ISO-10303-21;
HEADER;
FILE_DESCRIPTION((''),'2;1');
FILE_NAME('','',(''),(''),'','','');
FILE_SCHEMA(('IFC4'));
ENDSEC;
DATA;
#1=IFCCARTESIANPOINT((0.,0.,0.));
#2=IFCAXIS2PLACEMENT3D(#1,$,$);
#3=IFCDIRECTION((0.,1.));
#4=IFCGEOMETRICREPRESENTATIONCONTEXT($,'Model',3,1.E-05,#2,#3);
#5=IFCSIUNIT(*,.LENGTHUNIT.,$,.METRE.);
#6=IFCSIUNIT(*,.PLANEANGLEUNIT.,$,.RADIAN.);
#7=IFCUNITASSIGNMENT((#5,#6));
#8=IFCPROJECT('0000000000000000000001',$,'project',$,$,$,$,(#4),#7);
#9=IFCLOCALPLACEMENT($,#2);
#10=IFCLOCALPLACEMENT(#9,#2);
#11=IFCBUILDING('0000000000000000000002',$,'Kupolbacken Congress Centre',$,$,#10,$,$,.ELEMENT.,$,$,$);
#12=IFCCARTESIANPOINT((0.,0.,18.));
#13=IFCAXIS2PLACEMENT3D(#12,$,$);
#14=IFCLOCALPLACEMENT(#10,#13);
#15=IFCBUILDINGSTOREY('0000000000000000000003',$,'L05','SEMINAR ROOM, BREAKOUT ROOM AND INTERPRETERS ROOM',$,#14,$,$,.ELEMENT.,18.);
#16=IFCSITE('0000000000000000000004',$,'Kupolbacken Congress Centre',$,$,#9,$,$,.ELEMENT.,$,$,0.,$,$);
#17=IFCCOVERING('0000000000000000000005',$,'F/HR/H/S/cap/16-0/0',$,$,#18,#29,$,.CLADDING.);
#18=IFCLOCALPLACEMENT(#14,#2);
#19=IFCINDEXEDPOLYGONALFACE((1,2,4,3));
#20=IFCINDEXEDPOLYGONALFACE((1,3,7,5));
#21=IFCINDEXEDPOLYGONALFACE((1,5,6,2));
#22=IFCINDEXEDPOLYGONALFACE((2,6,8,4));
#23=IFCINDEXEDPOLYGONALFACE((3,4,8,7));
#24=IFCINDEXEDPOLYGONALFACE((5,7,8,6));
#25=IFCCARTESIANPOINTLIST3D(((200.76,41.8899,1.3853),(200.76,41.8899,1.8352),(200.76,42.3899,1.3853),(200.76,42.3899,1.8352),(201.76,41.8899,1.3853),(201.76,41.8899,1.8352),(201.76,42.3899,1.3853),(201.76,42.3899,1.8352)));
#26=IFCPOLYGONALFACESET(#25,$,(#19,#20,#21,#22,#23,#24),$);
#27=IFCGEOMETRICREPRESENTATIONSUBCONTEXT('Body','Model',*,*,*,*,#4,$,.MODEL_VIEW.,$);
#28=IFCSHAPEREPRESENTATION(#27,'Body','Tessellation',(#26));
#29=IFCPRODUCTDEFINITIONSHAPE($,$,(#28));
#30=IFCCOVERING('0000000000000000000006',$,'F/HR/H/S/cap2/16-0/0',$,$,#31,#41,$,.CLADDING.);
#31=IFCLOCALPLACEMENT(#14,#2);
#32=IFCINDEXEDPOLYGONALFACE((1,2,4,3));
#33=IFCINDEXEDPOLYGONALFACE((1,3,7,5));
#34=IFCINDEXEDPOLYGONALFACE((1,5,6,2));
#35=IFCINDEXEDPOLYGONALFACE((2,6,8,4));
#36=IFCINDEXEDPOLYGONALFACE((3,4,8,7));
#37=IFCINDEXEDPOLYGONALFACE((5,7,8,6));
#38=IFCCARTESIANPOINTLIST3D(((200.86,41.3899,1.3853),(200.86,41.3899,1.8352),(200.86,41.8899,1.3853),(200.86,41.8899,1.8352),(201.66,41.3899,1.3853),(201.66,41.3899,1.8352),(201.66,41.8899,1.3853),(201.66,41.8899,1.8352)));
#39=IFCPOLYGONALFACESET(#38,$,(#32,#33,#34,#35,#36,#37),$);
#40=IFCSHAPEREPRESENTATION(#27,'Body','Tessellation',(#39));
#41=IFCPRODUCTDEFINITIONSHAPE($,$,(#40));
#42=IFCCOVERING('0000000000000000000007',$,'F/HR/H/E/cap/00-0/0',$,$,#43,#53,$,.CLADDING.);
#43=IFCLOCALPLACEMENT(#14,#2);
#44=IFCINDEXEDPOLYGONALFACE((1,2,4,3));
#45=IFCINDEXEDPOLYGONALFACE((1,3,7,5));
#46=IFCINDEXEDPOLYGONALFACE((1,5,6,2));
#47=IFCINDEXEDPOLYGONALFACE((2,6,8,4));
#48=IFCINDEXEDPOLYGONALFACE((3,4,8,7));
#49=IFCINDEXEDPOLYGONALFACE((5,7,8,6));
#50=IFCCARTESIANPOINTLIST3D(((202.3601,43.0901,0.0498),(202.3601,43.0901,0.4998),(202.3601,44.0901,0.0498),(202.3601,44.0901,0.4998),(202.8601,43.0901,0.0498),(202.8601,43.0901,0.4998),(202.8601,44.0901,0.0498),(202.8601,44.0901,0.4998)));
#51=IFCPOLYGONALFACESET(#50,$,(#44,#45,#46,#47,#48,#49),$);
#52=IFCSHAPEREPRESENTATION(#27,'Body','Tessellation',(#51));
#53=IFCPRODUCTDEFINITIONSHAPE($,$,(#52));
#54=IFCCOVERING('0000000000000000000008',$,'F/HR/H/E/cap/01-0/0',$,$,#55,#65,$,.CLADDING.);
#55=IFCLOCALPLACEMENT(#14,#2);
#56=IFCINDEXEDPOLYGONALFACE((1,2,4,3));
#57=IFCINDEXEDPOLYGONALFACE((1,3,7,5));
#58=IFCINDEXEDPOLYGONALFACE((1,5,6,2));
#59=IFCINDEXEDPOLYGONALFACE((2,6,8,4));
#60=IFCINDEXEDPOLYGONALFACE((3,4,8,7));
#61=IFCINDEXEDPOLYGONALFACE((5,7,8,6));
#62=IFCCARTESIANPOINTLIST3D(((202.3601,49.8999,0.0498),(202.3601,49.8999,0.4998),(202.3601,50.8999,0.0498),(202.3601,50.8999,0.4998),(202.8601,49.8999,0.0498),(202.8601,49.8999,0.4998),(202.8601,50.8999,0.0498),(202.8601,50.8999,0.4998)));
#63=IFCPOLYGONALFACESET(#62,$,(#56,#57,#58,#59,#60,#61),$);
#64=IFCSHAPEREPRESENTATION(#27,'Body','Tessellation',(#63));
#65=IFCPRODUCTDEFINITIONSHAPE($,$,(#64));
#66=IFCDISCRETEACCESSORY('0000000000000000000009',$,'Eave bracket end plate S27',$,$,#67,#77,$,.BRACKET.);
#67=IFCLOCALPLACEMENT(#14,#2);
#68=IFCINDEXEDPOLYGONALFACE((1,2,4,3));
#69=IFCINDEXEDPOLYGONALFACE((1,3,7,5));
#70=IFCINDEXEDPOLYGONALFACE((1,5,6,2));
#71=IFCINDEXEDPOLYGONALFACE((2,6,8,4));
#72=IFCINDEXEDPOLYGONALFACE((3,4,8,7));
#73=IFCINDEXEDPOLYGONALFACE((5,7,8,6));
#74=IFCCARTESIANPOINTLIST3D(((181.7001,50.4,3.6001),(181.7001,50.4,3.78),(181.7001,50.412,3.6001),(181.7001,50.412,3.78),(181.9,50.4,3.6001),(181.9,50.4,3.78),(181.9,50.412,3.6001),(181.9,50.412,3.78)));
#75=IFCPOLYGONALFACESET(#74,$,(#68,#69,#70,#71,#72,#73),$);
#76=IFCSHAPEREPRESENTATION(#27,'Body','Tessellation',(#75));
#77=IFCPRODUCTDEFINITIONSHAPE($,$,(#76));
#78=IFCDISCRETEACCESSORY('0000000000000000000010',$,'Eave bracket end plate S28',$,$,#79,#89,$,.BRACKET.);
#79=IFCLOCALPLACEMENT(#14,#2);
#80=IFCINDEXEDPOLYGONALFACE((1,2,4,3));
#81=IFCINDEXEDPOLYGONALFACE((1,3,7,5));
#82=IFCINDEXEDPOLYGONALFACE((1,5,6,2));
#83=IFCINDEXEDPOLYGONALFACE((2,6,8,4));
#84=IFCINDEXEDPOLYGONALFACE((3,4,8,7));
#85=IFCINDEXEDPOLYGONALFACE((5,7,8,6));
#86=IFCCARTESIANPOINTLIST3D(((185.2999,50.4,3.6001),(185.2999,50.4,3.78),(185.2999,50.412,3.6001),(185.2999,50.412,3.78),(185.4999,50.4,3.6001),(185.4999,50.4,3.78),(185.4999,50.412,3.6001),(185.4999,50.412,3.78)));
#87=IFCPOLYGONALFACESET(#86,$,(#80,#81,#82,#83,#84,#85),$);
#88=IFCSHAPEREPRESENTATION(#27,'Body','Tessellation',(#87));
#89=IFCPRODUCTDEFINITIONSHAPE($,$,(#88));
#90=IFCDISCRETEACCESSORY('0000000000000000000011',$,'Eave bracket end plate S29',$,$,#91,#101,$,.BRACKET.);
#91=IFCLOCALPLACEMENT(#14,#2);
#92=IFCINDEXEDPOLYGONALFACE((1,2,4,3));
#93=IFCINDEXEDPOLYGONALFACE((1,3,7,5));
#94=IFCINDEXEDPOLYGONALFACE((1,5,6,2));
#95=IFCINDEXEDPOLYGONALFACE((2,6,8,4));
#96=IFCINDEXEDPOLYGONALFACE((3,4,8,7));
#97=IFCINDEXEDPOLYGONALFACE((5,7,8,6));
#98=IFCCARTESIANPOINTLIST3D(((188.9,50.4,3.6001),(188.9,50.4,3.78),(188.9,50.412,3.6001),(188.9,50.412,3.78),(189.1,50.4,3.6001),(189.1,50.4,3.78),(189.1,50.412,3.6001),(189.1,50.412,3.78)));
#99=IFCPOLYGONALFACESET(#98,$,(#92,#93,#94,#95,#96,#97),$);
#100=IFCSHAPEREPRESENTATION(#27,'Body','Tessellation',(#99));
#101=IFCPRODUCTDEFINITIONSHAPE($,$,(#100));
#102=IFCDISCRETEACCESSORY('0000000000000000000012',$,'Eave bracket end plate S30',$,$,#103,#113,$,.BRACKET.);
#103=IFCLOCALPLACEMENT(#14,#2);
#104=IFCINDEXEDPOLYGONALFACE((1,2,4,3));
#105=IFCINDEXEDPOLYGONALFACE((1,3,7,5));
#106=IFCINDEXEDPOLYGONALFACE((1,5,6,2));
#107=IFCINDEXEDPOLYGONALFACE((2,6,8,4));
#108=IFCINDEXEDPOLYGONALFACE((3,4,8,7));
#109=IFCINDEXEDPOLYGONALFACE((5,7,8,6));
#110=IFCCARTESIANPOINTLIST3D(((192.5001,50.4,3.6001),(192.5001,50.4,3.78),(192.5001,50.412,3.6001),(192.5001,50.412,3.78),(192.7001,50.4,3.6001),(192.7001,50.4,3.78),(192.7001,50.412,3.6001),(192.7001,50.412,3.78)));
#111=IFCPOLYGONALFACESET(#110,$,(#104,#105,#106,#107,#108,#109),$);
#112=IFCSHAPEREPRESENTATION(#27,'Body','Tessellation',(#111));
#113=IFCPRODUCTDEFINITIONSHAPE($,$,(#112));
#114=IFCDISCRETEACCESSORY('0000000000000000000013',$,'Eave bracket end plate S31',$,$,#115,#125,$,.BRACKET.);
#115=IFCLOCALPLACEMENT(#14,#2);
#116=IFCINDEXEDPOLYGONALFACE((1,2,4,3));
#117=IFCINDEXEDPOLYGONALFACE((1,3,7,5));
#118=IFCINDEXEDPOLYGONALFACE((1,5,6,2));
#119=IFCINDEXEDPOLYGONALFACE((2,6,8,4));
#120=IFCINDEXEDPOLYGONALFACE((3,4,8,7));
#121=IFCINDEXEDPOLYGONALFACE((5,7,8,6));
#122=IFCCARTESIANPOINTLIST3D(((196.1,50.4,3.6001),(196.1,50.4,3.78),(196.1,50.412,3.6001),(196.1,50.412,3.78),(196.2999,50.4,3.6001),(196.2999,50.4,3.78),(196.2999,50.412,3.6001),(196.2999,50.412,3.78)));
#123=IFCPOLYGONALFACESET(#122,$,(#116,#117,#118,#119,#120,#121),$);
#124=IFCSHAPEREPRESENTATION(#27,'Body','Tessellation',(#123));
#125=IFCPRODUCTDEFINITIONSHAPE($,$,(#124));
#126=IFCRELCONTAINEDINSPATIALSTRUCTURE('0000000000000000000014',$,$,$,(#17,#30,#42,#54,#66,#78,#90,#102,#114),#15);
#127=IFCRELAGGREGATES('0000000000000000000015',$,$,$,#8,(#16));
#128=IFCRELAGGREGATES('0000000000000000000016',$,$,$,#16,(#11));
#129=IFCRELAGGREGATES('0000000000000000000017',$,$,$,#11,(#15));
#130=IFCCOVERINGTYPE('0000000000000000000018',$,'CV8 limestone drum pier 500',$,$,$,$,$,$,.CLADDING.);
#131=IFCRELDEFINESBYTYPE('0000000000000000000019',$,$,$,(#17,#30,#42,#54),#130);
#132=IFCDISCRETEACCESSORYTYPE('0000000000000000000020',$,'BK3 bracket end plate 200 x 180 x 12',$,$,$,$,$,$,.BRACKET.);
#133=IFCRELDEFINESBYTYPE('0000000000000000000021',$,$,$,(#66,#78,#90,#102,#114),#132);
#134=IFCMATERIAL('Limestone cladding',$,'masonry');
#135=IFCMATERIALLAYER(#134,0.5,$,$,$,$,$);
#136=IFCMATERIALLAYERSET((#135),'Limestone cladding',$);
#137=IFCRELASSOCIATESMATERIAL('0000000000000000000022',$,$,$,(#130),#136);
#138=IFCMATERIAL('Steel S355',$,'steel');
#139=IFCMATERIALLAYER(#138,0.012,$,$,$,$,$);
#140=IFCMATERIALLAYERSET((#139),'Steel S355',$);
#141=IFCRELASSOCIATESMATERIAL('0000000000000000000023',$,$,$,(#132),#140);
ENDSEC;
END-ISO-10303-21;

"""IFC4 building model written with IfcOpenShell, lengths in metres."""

from ifc_helpers import new_model, si_unit, direction, frame, origin, origin_2d, place, context, subcontext, project, spatial, rectangle, extrude, material, layer, layer_set, type_object, element, save


model = new_model("IFC4")

# Units and contexts
model_context = context("Model", 3, precision=1e-05, world=origin(), true_north=direction((0.0, 1.0)))
body_context = subcontext(model_context, "Body", "Model", "MODEL_VIEW")
ifc_project = project(units=[si_unit("LENGTHUNIT", "METRE"), si_unit("PLANEANGLEUNIT", "RADIAN")], contexts=[model_context])

# Site, building, storey
site_placement = place(None, origin())
site = spatial("IfcSite", under=ifc_project, at=site_placement, Name="Kupolbacken Congress Centre", CompositionType="ELEMENT", RefElevation=0.0)
building_placement = place(site_placement, origin())
building = spatial("IfcBuilding", under=site, at=building_placement, Name="Kupolbacken Congress Centre", CompositionType="ELEMENT")
storey_placement = place(building_placement, frame((0.0, 0.0, 18.0)))
storey = spatial("IfcBuildingStorey", under=building, at=storey_placement, Name="L05", Description="SEMINAR ROOM, BREAKOUT ROOM AND INTERPRETERS ROOM", CompositionType="ELEMENT", Elevation=18.0)

# Coverings
ifc_material_1 = material(Name="Limestone cladding", Category="masonry")
ifc_layer_1 = layer(ifc_material_1, 0.5)
ifc_layer_set_1 = layer_set([ifc_layer_1], Name="Limestone cladding")
covering_type_1 = type_object("IfcCoveringType", Name="CV8 limestone drum pier 500", PredefinedType="CLADDING", material=ifc_layer_set_1)
covering_1_placement = place(storey_placement, frame((201.26, 42.1399, 1.3853), z_axis=(0.0, 0.0, 1.0), x_axis=(1.0, 0.0, 0.0)))
element("IfcCovering", 1, at=covering_1_placement, inside=storey, type_object=covering_type_1, Name="F/HR/H/S/cap/16-0/0", PredefinedType="CLADDING", context=body_context, shape_type="SweptSolid", body=[
    extrude(rectangle(XDim=1.0, YDim=0.5, at=origin_2d()), origin(), (0.0, 0.0, 1.0), 0.45),
])
covering_2_placement = place(storey_placement, frame((201.26, 41.6399, 1.3853), z_axis=(0.0, 0.0, 1.0), x_axis=(1.0, 0.0, 0.0)))
element("IfcCovering", 2, at=covering_2_placement, inside=storey, type_object=covering_type_1, Name="F/HR/H/S/cap2/16-0/0", PredefinedType="CLADDING", context=body_context, shape_type="SweptSolid", body=[
    extrude(rectangle(XDim=0.8, YDim=0.5, at=origin_2d()), origin(), (0.0, 0.0, 1.0), 0.45),
])
for number, where, z_axis, x_axis, name in (
    (3, (202.6101, 43.5901, 0.0498), (0.0, 0.0, 1.0), (0.0, 1.0, 0.0), "F/HR/H/E/cap/00-0/0"),
    (4, (202.6101, 50.3999, 0.0498), (0.0, 0.0, 1.0), (0.0, 1.0, 0.0), "F/HR/H/E/cap/01-0/0"),
):
    element("IfcCovering", number, at=place(storey_placement, frame(where, z_axis=z_axis, x_axis=x_axis)), inside=storey, type_object=covering_type_1, Name=name, PredefinedType="CLADDING", context=body_context, shape_type="SweptSolid", body=[
        extrude(rectangle(XDim=1.0, YDim=0.5, at=origin_2d()), origin(), (0.0, 0.0, 1.0), 0.45),
    ])

# Discrete accessories
ifc_material_2 = material(Name="Steel S355", Category="steel")
ifc_layer_2 = layer(ifc_material_2, 0.012)
ifc_layer_set_2 = layer_set([ifc_layer_2], Name="Steel S355")
discrete_accessory_type = type_object("IfcDiscreteAccessoryType", Name="BK3 bracket end plate 200 x 180 x 12", PredefinedType="BRACKET", material=ifc_layer_set_2)
for number, where, z_axis, x_axis, name in (
    (5, (181.8, 50.406, 3.6001), (0.0, 0.0, 1.0), (1.0, 0.0, 0.0), "Eave bracket end plate S27"),
    (6, (185.3999, 50.406, 3.6001), (0.0, 0.0, 1.0), (1.0, 0.0, 0.0), "Eave bracket end plate S28"),
    (7, (189.0, 50.406, 3.6001), (0.0, 0.0, 1.0), (1.0, 0.0, 0.0), "Eave bracket end plate S29"),
    (8, (192.6001, 50.406, 3.6001), (0.0, 0.0, 1.0), (1.0, 0.0, 0.0), "Eave bracket end plate S30"),
    (9, (196.2, 50.406, 3.6001), (0.0, 0.0, 1.0), (1.0, 0.0, 0.0), "Eave bracket end plate S31"),
):
    element("IfcDiscreteAccessory", number, at=place(storey_placement, frame(where, z_axis=z_axis, x_axis=x_axis)), inside=storey, type_object=discrete_accessory_type, Name=name, PredefinedType="BRACKET", context=body_context, shape_type="SweptSolid", body=[
        extrude(rectangle(XDim=0.2, YDim=0.012, at=origin_2d()), origin(), (0.0, 0.0, 1.0), 0.1799),
    ])

save(model, "model.ifc")
